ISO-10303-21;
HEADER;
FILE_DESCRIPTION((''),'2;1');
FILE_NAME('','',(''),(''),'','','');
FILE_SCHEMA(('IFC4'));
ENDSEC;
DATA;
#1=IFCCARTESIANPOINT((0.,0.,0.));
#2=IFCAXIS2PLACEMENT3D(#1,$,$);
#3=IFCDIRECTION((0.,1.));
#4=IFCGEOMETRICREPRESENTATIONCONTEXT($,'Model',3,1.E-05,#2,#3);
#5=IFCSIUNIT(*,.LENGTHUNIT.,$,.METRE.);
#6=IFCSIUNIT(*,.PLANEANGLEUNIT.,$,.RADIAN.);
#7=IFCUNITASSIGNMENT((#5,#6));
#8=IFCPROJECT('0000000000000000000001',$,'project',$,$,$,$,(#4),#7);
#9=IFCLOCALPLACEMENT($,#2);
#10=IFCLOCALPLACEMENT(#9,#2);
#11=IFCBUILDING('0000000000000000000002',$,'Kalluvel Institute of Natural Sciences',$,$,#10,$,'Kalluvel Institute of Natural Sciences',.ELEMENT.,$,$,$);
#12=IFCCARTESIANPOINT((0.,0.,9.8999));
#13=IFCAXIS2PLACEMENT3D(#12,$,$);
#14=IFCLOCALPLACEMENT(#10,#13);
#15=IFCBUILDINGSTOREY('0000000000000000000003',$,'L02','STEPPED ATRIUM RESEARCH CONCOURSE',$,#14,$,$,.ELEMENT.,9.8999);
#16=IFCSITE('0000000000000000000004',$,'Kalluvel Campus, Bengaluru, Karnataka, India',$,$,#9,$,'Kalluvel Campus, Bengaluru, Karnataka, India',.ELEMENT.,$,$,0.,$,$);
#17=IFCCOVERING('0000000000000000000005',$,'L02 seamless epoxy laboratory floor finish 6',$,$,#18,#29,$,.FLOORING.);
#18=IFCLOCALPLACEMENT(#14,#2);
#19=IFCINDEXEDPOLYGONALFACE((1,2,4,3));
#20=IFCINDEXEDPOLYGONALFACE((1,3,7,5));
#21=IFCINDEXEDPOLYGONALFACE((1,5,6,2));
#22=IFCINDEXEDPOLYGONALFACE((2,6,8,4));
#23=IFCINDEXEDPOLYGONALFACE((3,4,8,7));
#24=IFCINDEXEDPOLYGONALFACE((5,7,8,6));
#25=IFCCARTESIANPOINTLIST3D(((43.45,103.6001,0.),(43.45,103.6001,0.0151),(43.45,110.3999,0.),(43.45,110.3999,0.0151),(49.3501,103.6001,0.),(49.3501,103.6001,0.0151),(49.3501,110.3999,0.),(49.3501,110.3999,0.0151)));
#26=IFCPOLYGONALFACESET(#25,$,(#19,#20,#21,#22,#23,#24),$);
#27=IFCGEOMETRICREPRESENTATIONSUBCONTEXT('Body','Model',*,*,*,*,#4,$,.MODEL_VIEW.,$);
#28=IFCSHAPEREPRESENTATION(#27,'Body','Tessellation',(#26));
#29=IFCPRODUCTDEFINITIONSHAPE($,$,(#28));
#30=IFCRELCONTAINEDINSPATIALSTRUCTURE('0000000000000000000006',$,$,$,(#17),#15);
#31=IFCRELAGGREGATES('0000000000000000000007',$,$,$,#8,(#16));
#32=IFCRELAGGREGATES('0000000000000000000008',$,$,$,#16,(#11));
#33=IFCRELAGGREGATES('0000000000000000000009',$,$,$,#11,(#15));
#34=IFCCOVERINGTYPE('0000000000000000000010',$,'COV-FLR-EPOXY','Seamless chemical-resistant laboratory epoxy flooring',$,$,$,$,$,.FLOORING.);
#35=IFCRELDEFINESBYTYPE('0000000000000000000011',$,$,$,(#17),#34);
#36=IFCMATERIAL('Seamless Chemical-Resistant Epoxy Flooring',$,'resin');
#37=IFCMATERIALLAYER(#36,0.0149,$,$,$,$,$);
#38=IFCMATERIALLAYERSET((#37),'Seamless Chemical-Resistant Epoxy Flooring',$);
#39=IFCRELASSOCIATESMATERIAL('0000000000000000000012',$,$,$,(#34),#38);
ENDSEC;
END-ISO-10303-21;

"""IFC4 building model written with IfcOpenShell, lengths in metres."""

from ifc_helpers import new_model, si_unit, direction, frame, origin, place, context, subcontext, project, spatial, polyline, outline, extrude, material, layer, layer_set, type_object, element, save


model = new_model("IFC4")

# Units and contexts
model_context = context("Model", 3, precision=1e-05, world=origin(), true_north=direction((0.0, 1.0)))
body_context = subcontext(model_context, "Body", "Model", "MODEL_VIEW")
ifc_project = project(units=[si_unit("LENGTHUNIT", "METRE"), si_unit("PLANEANGLEUNIT", "RADIAN")], contexts=[model_context])

# Site, building, storey
site_placement = place(None, origin())
site = spatial("IfcSite", under=ifc_project, at=site_placement, Name="Kalluvel Campus, Bengaluru, Karnataka, India", LongName="Kalluvel Campus, Bengaluru, Karnataka, India", CompositionType="ELEMENT", RefElevation=0.0)
building_placement = place(site_placement, origin())
building = spatial("IfcBuilding", under=site, at=building_placement, Name="Kalluvel Institute of Natural Sciences", LongName="Kalluvel Institute of Natural Sciences", CompositionType="ELEMENT")
storey_placement = place(building_placement, frame((0.0, 0.0, 9.8999)))
storey = spatial("IfcBuildingStorey", under=building, at=storey_placement, Name="L02", Description="STEPPED ATRIUM RESEARCH CONCOURSE", CompositionType="ELEMENT", Elevation=9.8999)

# Covering
ifc_material_1 = material(Name="Seamless Chemical-Resistant Epoxy Flooring", Category="resin")
ifc_layer_1 = layer(ifc_material_1, 0.0149)
ifc_layer_set_1 = layer_set([ifc_layer_1], Name="Seamless Chemical-Resistant Epoxy Flooring")
covering_type_1 = type_object("IfcCoveringType", Name="COV-FLR-EPOXY", Description="Seamless chemical-resistant laboratory epoxy flooring", PredefinedType="FLOORING", material=ifc_layer_set_1)
covering_1_placement = place(storey_placement, origin())
element("IfcCovering", 1, at=covering_1_placement, inside=storey, type_object=covering_type_1, Name="L02 seamless epoxy laboratory floor finish 6", PredefinedType="FLOORING", context=body_context, shape_type="SweptSolid", body=[
    extrude(outline(polyline([(43.45, 103.6001), (49.3501, 103.6001), (49.3501, 110.3999), (43.45, 110.3999), (43.45, 103.6001)])), origin(), (0.0, 0.0, 1.0), 0.0151),
])

save(model, "model.ifc")
